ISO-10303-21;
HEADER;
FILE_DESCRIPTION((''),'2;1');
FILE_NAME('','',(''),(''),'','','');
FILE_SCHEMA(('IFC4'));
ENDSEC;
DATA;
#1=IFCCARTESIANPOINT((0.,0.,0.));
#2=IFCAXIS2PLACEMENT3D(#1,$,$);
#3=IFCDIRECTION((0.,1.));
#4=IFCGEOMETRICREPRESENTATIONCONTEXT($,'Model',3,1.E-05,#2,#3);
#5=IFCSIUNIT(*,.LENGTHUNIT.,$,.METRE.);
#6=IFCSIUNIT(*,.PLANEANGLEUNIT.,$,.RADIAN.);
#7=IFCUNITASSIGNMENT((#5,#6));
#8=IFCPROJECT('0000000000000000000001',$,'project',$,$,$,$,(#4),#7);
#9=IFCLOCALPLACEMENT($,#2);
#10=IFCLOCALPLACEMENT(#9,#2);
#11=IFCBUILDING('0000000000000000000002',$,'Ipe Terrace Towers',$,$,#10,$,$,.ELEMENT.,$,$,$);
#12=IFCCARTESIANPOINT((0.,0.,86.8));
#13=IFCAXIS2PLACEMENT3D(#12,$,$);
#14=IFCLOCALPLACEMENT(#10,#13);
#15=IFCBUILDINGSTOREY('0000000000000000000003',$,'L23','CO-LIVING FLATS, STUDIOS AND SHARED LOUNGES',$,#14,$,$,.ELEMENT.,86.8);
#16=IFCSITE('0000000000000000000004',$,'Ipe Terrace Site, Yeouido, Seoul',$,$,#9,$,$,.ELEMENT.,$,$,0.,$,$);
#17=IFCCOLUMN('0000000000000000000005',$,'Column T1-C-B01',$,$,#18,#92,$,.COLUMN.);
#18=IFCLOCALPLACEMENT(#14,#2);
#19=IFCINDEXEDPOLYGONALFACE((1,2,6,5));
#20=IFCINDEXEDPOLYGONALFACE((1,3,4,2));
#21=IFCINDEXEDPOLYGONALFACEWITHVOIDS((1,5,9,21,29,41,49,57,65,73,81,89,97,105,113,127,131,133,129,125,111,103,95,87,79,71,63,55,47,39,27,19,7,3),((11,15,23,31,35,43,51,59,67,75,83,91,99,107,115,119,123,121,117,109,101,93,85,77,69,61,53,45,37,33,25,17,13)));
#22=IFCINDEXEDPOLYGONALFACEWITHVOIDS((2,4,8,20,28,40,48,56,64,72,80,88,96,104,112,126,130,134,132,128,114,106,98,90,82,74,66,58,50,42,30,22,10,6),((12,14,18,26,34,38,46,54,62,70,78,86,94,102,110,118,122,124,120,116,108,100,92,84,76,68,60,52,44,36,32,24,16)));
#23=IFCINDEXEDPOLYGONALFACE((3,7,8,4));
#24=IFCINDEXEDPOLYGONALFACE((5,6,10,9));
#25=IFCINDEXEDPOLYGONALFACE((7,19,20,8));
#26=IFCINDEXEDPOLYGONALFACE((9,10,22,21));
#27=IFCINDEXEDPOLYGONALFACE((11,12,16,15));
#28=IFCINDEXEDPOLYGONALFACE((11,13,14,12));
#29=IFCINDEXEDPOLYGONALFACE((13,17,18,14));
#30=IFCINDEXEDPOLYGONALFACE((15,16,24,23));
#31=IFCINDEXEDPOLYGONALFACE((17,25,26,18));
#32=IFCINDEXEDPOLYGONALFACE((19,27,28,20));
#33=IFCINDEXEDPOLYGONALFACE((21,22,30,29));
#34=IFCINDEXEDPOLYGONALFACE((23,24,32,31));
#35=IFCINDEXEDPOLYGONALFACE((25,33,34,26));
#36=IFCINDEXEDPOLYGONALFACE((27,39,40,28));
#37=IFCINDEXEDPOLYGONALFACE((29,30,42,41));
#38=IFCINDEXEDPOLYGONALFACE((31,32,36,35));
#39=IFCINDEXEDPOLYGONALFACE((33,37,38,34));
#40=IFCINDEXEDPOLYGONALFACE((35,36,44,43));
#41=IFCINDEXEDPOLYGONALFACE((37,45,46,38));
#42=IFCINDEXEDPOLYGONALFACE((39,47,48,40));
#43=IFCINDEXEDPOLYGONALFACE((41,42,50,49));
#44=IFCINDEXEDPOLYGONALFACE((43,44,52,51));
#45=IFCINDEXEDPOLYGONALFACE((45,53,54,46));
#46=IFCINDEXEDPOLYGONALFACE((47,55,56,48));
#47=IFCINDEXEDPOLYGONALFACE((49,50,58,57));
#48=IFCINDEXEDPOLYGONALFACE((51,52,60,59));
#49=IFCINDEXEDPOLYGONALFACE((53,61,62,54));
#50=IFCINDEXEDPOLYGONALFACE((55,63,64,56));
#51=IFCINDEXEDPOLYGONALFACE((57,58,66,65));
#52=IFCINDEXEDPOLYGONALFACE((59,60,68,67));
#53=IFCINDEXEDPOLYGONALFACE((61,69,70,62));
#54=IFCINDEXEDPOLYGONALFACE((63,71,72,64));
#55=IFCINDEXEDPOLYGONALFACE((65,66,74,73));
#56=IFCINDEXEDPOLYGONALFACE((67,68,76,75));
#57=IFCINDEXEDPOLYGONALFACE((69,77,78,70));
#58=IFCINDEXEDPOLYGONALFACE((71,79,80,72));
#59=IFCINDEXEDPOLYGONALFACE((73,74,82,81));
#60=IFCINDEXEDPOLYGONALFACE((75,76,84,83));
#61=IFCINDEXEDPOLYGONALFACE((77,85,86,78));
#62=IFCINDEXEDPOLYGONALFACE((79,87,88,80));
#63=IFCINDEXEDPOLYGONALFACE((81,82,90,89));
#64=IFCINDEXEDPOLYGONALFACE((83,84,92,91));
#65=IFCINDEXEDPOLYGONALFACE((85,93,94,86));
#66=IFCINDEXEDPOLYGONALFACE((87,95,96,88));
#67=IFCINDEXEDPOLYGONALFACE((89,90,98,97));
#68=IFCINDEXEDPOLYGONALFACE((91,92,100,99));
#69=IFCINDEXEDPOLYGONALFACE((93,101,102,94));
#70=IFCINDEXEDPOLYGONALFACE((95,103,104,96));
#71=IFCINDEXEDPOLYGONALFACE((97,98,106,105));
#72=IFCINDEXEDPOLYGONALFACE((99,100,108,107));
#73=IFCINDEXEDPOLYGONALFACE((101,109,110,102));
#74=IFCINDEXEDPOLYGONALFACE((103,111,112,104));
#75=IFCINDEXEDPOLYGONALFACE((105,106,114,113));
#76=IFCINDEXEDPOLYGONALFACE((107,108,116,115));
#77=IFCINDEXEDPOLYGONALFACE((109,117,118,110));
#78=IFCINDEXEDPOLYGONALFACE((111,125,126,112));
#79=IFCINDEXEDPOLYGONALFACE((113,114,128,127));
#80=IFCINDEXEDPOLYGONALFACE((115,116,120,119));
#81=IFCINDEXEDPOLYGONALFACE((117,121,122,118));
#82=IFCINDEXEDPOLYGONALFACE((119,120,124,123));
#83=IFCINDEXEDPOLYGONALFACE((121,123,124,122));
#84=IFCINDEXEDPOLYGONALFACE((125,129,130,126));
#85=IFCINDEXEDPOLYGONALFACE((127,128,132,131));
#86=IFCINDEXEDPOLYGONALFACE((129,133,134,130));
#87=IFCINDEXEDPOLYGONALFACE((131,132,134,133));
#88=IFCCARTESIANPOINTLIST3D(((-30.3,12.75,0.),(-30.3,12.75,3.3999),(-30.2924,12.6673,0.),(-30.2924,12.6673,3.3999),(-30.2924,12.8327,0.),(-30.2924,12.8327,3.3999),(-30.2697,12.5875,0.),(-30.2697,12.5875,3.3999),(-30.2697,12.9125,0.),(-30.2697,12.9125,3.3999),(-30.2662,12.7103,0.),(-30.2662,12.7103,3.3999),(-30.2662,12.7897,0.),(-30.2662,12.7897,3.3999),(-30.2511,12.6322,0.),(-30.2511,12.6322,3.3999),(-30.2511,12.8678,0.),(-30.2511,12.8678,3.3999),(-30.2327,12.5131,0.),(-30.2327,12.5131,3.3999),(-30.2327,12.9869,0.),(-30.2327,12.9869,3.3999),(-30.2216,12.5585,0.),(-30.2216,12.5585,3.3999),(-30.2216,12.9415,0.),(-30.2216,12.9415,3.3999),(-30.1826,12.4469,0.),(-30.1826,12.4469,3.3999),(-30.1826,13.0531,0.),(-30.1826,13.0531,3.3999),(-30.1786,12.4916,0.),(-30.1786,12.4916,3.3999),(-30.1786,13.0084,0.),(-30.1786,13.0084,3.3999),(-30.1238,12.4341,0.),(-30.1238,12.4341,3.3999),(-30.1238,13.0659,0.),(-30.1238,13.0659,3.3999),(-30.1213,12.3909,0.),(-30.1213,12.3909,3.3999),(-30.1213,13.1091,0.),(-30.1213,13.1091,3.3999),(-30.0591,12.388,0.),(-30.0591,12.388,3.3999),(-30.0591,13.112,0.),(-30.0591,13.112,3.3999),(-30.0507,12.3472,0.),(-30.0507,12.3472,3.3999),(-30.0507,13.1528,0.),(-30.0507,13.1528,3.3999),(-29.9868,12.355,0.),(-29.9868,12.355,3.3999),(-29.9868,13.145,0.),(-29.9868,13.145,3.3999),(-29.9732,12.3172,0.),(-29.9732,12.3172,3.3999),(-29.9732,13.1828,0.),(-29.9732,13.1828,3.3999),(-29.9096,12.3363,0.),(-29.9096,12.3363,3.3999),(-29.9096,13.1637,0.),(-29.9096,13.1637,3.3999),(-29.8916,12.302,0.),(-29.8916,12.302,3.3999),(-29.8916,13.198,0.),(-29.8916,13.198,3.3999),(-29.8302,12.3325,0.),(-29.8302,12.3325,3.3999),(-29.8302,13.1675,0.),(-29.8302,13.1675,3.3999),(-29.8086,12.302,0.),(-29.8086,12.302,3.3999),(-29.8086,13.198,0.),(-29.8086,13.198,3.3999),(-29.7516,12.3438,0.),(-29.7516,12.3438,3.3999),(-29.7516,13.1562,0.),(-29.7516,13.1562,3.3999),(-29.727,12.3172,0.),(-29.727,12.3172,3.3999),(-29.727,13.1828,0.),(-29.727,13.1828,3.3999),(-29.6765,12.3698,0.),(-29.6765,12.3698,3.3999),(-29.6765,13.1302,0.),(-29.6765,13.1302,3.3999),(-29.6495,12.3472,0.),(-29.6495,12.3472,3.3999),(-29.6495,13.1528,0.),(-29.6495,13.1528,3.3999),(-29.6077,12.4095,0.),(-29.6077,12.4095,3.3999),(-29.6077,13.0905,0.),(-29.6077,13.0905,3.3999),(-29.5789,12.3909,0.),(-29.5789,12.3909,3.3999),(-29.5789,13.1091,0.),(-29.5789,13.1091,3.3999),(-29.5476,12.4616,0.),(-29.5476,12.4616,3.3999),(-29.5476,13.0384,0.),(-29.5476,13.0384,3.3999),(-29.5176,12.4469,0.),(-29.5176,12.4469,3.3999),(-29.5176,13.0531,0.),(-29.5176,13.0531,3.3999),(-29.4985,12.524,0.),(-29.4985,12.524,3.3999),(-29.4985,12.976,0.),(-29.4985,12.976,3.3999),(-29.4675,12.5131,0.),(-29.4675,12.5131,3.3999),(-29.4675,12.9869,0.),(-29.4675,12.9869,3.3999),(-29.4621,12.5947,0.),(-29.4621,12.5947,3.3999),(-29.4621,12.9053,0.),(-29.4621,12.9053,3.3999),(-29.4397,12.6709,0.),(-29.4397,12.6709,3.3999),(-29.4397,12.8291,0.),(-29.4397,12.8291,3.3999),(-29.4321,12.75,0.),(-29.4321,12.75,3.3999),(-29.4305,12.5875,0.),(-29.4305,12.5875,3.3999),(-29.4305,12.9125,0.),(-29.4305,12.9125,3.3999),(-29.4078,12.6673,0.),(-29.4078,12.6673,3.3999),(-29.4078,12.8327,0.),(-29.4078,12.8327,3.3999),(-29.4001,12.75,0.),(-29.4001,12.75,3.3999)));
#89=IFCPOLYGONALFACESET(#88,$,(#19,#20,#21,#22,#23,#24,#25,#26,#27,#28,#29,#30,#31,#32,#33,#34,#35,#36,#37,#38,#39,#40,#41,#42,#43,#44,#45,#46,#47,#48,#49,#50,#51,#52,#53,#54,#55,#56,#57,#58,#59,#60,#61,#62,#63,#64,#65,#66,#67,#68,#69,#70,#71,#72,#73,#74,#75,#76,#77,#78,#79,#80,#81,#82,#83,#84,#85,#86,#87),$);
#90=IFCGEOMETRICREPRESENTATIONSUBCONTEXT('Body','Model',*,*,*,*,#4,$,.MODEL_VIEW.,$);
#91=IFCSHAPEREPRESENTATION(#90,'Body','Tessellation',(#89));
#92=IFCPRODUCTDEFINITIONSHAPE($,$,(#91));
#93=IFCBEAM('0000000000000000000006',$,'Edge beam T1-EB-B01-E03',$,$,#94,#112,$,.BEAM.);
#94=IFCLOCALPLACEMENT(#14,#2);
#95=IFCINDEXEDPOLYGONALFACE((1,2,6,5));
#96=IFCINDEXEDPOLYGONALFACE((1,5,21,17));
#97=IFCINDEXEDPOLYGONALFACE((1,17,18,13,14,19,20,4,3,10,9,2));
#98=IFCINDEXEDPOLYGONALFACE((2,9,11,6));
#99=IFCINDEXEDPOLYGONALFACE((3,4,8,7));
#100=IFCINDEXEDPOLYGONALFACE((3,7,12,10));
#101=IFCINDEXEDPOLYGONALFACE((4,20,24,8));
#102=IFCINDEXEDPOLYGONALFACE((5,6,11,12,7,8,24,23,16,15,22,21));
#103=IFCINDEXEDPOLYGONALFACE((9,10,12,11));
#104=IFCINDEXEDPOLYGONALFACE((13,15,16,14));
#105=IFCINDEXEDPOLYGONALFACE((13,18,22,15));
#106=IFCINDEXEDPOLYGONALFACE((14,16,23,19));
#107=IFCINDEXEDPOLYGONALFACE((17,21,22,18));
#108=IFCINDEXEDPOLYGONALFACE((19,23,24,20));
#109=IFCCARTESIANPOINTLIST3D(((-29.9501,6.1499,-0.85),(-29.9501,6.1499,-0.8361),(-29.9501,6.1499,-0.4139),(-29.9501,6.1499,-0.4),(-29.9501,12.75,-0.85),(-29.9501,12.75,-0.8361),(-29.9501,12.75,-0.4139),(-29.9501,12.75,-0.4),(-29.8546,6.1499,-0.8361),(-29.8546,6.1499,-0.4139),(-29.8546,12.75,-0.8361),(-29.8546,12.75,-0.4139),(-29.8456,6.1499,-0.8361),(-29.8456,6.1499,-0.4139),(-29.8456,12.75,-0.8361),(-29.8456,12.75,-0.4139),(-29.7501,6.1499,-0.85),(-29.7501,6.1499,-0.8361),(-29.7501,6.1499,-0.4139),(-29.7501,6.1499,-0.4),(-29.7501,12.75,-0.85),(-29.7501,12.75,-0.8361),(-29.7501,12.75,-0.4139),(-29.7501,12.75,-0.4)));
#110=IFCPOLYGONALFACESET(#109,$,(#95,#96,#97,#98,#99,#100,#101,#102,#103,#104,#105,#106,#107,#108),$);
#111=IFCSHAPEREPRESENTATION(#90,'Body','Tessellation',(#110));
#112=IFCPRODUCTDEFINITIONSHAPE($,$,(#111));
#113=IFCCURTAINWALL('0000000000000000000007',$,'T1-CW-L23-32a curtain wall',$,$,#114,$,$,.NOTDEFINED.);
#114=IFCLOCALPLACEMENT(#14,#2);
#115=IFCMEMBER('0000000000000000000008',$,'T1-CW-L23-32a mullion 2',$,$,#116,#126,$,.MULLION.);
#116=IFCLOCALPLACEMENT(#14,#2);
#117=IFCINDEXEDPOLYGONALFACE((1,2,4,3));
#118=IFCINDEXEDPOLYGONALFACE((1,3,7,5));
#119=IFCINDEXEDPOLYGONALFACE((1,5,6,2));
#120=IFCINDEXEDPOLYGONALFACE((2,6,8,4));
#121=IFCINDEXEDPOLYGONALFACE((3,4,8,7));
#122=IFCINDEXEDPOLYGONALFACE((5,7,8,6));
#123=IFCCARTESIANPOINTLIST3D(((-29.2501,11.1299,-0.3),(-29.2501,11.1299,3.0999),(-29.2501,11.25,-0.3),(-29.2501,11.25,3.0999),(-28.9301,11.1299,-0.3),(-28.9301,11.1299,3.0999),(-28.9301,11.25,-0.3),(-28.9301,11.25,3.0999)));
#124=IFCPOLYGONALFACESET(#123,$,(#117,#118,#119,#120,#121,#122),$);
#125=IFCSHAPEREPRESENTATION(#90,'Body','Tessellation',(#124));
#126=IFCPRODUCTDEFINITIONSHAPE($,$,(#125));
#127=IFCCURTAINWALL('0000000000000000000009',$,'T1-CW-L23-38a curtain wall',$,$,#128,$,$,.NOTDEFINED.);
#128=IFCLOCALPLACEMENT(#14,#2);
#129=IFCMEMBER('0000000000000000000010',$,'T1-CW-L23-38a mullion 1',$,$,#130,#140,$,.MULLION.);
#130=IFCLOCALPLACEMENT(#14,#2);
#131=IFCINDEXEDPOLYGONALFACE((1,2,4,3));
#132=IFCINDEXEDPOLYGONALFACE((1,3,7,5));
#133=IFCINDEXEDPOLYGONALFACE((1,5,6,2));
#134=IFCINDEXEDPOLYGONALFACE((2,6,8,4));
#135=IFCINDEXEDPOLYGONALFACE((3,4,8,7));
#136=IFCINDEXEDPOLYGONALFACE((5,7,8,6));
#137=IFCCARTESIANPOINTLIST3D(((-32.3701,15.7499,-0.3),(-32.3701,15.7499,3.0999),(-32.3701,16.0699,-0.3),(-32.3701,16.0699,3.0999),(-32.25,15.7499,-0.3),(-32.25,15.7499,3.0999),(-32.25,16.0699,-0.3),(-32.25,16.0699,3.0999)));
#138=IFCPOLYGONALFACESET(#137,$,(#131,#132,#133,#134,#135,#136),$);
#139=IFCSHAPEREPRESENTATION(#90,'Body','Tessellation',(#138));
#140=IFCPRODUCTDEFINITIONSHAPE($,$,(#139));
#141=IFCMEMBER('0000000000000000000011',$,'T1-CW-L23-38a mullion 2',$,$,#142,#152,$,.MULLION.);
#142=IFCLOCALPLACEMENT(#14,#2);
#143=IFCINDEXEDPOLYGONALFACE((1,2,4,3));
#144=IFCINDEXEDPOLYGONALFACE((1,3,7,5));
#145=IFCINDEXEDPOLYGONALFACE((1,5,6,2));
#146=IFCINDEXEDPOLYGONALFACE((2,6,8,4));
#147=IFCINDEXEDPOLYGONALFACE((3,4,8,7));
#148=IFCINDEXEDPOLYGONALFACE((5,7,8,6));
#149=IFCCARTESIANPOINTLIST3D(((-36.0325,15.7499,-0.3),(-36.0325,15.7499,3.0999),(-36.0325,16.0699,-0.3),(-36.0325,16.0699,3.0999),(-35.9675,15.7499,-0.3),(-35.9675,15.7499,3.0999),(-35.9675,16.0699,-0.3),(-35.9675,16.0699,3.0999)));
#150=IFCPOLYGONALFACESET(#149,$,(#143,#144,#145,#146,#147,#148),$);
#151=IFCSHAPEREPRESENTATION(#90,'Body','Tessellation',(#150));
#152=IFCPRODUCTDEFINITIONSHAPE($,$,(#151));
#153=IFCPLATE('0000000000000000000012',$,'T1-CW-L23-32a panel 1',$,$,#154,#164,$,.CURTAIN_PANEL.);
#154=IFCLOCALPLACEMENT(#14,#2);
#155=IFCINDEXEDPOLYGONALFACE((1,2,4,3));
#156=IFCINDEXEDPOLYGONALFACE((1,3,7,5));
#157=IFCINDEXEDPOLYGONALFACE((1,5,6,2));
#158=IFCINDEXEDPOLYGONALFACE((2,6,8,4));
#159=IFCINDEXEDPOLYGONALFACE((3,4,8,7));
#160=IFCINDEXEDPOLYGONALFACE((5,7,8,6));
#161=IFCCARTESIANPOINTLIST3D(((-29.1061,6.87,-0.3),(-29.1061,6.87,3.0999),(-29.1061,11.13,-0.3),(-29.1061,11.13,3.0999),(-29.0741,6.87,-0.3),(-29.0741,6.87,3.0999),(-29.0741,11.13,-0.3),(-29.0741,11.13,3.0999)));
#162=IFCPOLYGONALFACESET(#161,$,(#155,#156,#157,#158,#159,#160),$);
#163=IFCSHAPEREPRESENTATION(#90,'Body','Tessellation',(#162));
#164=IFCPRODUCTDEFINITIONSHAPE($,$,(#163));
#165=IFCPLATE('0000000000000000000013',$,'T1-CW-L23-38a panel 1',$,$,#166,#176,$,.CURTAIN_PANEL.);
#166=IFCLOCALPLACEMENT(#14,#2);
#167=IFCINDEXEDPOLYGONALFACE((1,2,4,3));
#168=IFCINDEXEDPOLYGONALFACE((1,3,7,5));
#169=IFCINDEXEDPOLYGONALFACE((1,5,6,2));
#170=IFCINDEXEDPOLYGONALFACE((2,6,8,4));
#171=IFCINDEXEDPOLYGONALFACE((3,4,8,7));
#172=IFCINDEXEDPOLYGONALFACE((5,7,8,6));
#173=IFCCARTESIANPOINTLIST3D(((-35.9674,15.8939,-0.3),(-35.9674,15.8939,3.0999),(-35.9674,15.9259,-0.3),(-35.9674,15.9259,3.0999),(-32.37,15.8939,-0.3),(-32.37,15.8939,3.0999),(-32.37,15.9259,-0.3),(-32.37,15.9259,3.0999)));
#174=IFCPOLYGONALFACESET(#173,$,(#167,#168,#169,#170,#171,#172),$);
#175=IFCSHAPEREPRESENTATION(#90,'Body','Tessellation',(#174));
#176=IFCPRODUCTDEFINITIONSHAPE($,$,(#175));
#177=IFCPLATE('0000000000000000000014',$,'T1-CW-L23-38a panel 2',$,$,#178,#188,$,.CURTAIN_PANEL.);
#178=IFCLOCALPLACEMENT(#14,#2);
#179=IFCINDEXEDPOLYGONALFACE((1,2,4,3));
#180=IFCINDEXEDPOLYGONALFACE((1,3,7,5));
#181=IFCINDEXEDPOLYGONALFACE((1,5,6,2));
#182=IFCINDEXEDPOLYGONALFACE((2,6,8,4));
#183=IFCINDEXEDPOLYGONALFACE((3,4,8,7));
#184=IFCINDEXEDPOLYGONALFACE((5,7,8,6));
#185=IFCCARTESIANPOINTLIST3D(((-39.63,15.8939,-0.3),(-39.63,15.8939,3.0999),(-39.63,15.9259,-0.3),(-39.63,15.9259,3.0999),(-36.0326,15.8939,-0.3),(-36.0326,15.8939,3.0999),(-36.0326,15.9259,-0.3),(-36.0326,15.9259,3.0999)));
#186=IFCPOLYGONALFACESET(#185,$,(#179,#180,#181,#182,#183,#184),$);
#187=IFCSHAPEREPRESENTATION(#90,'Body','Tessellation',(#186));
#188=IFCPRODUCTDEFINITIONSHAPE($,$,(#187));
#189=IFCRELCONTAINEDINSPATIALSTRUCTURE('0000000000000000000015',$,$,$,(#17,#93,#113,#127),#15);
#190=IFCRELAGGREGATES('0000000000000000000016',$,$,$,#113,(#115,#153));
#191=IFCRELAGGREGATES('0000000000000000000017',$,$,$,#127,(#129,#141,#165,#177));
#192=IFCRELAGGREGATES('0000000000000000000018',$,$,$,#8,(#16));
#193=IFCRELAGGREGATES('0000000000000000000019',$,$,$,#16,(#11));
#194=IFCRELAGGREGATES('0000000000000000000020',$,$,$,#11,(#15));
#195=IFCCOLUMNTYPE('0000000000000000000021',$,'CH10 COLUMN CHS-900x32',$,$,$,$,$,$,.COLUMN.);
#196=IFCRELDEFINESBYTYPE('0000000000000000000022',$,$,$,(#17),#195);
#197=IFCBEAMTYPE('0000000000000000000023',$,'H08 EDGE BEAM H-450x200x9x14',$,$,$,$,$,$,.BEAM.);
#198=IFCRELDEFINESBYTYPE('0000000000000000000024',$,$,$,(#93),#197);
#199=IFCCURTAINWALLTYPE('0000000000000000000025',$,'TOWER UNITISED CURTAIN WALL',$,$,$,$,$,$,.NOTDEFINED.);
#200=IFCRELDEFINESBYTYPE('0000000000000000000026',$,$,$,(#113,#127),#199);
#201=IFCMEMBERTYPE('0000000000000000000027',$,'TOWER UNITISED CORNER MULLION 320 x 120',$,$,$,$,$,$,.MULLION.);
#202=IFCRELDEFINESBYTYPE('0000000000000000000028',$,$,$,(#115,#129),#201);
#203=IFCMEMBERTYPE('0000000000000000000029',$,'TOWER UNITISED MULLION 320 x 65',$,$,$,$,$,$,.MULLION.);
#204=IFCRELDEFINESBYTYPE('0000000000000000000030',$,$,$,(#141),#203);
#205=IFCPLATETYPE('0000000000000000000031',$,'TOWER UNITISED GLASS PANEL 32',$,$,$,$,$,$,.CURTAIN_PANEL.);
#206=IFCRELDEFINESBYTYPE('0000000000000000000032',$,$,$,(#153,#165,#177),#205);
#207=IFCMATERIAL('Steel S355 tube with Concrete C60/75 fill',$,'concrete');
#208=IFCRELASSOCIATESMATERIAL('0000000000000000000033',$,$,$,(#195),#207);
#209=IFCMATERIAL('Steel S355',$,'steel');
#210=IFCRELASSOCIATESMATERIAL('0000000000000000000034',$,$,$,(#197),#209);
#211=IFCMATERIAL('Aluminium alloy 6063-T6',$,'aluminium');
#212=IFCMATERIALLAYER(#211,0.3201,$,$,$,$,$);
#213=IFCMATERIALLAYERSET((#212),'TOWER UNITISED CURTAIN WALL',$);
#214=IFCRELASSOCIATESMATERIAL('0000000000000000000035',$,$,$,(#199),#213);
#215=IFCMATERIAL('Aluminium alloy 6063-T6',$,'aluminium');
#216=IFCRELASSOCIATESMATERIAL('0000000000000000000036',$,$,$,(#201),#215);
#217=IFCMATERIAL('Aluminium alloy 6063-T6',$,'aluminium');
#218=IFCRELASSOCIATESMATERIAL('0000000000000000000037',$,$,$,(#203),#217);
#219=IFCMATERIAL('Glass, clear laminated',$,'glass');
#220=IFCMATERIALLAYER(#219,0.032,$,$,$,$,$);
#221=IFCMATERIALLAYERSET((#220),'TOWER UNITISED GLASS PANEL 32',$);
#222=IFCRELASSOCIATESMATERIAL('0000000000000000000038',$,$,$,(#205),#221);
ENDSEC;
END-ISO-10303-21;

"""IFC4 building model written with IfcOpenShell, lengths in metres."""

from ifc_helpers import new_model, si_unit, direction, frame, origin, origin_2d, place, context, subcontext, project, spatial, rectangle, hollow_circle, i_section, extrude, material, layer, layer_set, material_profile, profile_set, type_object, element, aggregate, save


model = new_model("IFC4")

# Units and contexts
model_context = context("Model", 3, precision=1e-05, world=origin(), true_north=direction((0.0, 1.0)))
body_context = subcontext(model_context, "Body", "Model", "MODEL_VIEW")
ifc_project = project(units=[si_unit("LENGTHUNIT", "METRE"), si_unit("PLANEANGLEUNIT", "RADIAN")], contexts=[model_context])

# Site, building, storey
site_placement = place(None, origin())
site = spatial("IfcSite", under=ifc_project, at=site_placement, Name="Ipe Terrace Site, Yeouido, Seoul", CompositionType="ELEMENT", RefElevation=0.0)
building_placement = place(site_placement, origin())
building = spatial("IfcBuilding", under=site, at=building_placement, Name="Ipe Terrace Towers", CompositionType="ELEMENT")
storey_placement = place(building_placement, frame((0.0, 0.0, 86.8)))
storey = spatial("IfcBuildingStorey", under=building, at=storey_placement, Name="L23", Description="CO-LIVING FLATS, STUDIOS AND SHARED LOUNGES", CompositionType="ELEMENT", Elevation=86.8)

# Column
ifc_material_1 = material(Name="Steel S355 tube with Concrete C60/75 fill", Category="concrete")
ifc_material_profile_1 = material_profile(ifc_material_1, hollow_circle(Radius=0.45, WallThickness=0.032, at=origin_2d()), Name="CHS-900x32")
ifc_profile_set_1 = profile_set([ifc_material_profile_1], Name="Steel S355 tube with Concrete C60/75 fill")
column_type = type_object("IfcColumnType", Name="CH10 COLUMN CHS-900x32", PredefinedType="COLUMN", material=ifc_profile_set_1)
column_placement = place(storey_placement, frame((-29.8501, 12.75, 0.0), z_axis=(0.0, 0.0, 1.0), x_axis=(1.0, 0.0, 0.0)))
element("IfcColumn", 1, at=column_placement, inside=storey, type_object=column_type, Name="Column T1-C-B01", PredefinedType="COLUMN", context=body_context, shape_type="SweptSolid", body=[
    extrude(hollow_circle(Radius=0.45, WallThickness=0.032, at=origin_2d()), origin(), (0.0, 0.0, 1.0), 3.3999),
])

# Beam
ifc_material_2 = material(Name="Steel S355", Category="steel")
ifc_material_profile_2 = material_profile(ifc_material_2, i_section(OverallWidth=0.2, OverallDepth=0.45, WebThickness=0.009, FlangeThickness=0.0139, at=origin_2d()), Name="H-450x200x9x14")
ifc_profile_set_2 = profile_set([ifc_material_profile_2], Name="Steel S355")
beam_type = type_object("IfcBeamType", Name="H08 EDGE BEAM H-450x200x9x14", PredefinedType="BEAM", material=ifc_profile_set_2)
beam_placement = place(storey_placement, frame((-29.8501, 12.75, -0.625), z_axis=(0.0, -1.0, 0.0), x_axis=(1.0, 0.0, 0.0)))
element("IfcBeam", 2, at=beam_placement, inside=storey, type_object=beam_type, Name="Edge beam T1-EB-B01-E03", PredefinedType="BEAM", context=body_context, shape_type="SweptSolid", body=[
    extrude(i_section(OverallWidth=0.2, OverallDepth=0.45, WebThickness=0.009, FlangeThickness=0.0139, at=origin_2d()), origin(), (0.0, 0.0, 1.0), 6.6001),
])

# Curtain wall, member
ifc_material_3 = material(Name="Aluminium alloy 6063-T6", Category="aluminium")
ifc_layer_1 = layer(ifc_material_3, 0.3201)
ifc_layer_set_1 = layer_set([ifc_layer_1], Name="TOWER UNITISED CURTAIN WALL")
curtain_wall_type = type_object("IfcCurtainWallType", Name="TOWER UNITISED CURTAIN WALL", PredefinedType="NOTDEFINED", material=ifc_layer_set_1)
curtain_wall_1_placement = place(storey_placement, origin())
curtain_wall_1 = element("IfcCurtainWall", 3, at=curtain_wall_1_placement, inside=storey, type_object=curtain_wall_type, Name="T1-CW-L23-32a curtain wall", PredefinedType="NOTDEFINED")
ifc_material_4 = material(Name="Aluminium alloy 6063-T6", Category="aluminium")
ifc_material_profile_3 = material_profile(ifc_material_4, rectangle(XDim=0.3201, YDim=0.1201, at=origin_2d()), Name="TOWER UNITISED CORNER MULLION 320 x 120")
ifc_profile_set_3 = profile_set([ifc_material_profile_3], Name="Aluminium alloy 6063-T6")
member_type_1 = type_object("IfcMemberType", Name="TOWER UNITISED CORNER MULLION 320 x 120", PredefinedType="MULLION", material=ifc_profile_set_3)
member_1_placement = place(storey_placement, frame((-29.0901, 11.1899, -0.3), z_axis=(0.0, 0.0, 1.0), x_axis=(1.0, 0.0, 0.0)))
member_1 = element("IfcMember", 4, at=member_1_placement, type_object=member_type_1, Name="T1-CW-L23-32a mullion 2", PredefinedType="MULLION", context=body_context, shape_type="SweptSolid", body=[
    extrude(rectangle(XDim=0.3201, YDim=0.1201, at=origin_2d()), origin(), (0.0, 0.0, 1.0), 3.3999),
])

# Curtain wall, members
curtain_wall_2_placement = place(storey_placement, origin())
curtain_wall_2 = element("IfcCurtainWall", 5, at=curtain_wall_2_placement, inside=storey, type_object=curtain_wall_type, Name="T1-CW-L23-38a curtain wall", PredefinedType="NOTDEFINED")
member_2_placement = place(storey_placement, frame((-32.3101, 15.9099, -0.3), z_axis=(0.0, 0.0, 1.0), x_axis=(0.0, 1.0, 0.0)))
member_2 = element("IfcMember", 6, at=member_2_placement, type_object=member_type_1, Name="T1-CW-L23-38a mullion 1", PredefinedType="MULLION", context=body_context, shape_type="SweptSolid", body=[
    extrude(rectangle(XDim=0.3201, YDim=0.1201, at=origin_2d()), origin(), (0.0, 0.0, 1.0), 3.3999),
])
ifc_material_5 = material(Name="Aluminium alloy 6063-T6", Category="aluminium")
ifc_material_profile_4 = material_profile(ifc_material_5, rectangle(XDim=0.3201, YDim=0.0649, at=origin_2d()), Name="TOWER UNITISED MULLION 320 x 65")
ifc_profile_set_4 = profile_set([ifc_material_profile_4], Name="Aluminium alloy 6063-T6")
member_type_2 = type_object("IfcMemberType", Name="TOWER UNITISED MULLION 320 x 65", PredefinedType="MULLION", material=ifc_profile_set_4)
member_3_placement = place(storey_placement, frame((-36.0, 15.9099, -0.3), z_axis=(0.0, 0.0, 1.0), x_axis=(0.0, 1.0, 0.0)))
member_3 = element("IfcMember", 7, at=member_3_placement, type_object=member_type_2, Name="T1-CW-L23-38a mullion 2", PredefinedType="MULLION", context=body_context, shape_type="SweptSolid", body=[
    extrude(rectangle(XDim=0.3201, YDim=0.0649, at=origin_2d()), origin(), (0.0, 0.0, 1.0), 3.3999),
])

# Plates
ifc_material_6 = material(Name="Glass, clear laminated", Category="glass")
ifc_layer_2 = layer(ifc_material_6, 0.032)
ifc_layer_set_2 = layer_set([ifc_layer_2], Name="TOWER UNITISED GLASS PANEL 32")
plate_type = type_object("IfcPlateType", Name="TOWER UNITISED GLASS PANEL 32", PredefinedType="CURTAIN_PANEL", material=ifc_layer_set_2)
plate_1_placement = place(storey_placement, frame((-29.0901, 9.0, -0.3), z_axis=(0.0, 0.0, 1.0), x_axis=(0.0, 1.0, 0.0)))
plate_1 = element("IfcPlate", 8, at=plate_1_placement, type_object=plate_type, Name="T1-CW-L23-32a panel 1", PredefinedType="CURTAIN_PANEL", context=body_context, shape_type="SweptSolid", body=[
    extrude(rectangle(XDim=4.26, YDim=0.032, at=origin_2d()), origin(), (0.0, 0.0, 1.0), 3.3999),
])
aggregate(curtain_wall_1, [member_1, plate_1])
plate_2_placement = place(storey_placement, frame((-34.1687, 15.9099, -0.3), z_axis=(0.0, 0.0, 1.0), x_axis=(-1.0, 0.0, 0.0)))
plate_2 = element("IfcPlate", 9, at=plate_2_placement, type_object=plate_type, Name="T1-CW-L23-38a panel 1", PredefinedType="CURTAIN_PANEL", context=body_context, shape_type="SweptSolid", body=[
    extrude(rectangle(XDim=3.5974, YDim=0.032, at=origin_2d()), origin(), (0.0, 0.0, 1.0), 3.3999),
])
plate_3_placement = place(storey_placement, frame((-37.8313, 15.9099, -0.3), z_axis=(0.0, 0.0, 1.0), x_axis=(-1.0, 0.0, 0.0)))
plate_3 = element("IfcPlate", 10, at=plate_3_placement, type_object=plate_type, Name="T1-CW-L23-38a panel 2", PredefinedType="CURTAIN_PANEL", context=body_context, shape_type="SweptSolid", body=[
    extrude(rectangle(XDim=3.5974, YDim=0.032, at=origin_2d()), origin(), (0.0, 0.0, 1.0), 3.3999),
])
aggregate(curtain_wall_2, [member_2, member_3, plate_2, plate_3])

save(model, "model.ifc")
